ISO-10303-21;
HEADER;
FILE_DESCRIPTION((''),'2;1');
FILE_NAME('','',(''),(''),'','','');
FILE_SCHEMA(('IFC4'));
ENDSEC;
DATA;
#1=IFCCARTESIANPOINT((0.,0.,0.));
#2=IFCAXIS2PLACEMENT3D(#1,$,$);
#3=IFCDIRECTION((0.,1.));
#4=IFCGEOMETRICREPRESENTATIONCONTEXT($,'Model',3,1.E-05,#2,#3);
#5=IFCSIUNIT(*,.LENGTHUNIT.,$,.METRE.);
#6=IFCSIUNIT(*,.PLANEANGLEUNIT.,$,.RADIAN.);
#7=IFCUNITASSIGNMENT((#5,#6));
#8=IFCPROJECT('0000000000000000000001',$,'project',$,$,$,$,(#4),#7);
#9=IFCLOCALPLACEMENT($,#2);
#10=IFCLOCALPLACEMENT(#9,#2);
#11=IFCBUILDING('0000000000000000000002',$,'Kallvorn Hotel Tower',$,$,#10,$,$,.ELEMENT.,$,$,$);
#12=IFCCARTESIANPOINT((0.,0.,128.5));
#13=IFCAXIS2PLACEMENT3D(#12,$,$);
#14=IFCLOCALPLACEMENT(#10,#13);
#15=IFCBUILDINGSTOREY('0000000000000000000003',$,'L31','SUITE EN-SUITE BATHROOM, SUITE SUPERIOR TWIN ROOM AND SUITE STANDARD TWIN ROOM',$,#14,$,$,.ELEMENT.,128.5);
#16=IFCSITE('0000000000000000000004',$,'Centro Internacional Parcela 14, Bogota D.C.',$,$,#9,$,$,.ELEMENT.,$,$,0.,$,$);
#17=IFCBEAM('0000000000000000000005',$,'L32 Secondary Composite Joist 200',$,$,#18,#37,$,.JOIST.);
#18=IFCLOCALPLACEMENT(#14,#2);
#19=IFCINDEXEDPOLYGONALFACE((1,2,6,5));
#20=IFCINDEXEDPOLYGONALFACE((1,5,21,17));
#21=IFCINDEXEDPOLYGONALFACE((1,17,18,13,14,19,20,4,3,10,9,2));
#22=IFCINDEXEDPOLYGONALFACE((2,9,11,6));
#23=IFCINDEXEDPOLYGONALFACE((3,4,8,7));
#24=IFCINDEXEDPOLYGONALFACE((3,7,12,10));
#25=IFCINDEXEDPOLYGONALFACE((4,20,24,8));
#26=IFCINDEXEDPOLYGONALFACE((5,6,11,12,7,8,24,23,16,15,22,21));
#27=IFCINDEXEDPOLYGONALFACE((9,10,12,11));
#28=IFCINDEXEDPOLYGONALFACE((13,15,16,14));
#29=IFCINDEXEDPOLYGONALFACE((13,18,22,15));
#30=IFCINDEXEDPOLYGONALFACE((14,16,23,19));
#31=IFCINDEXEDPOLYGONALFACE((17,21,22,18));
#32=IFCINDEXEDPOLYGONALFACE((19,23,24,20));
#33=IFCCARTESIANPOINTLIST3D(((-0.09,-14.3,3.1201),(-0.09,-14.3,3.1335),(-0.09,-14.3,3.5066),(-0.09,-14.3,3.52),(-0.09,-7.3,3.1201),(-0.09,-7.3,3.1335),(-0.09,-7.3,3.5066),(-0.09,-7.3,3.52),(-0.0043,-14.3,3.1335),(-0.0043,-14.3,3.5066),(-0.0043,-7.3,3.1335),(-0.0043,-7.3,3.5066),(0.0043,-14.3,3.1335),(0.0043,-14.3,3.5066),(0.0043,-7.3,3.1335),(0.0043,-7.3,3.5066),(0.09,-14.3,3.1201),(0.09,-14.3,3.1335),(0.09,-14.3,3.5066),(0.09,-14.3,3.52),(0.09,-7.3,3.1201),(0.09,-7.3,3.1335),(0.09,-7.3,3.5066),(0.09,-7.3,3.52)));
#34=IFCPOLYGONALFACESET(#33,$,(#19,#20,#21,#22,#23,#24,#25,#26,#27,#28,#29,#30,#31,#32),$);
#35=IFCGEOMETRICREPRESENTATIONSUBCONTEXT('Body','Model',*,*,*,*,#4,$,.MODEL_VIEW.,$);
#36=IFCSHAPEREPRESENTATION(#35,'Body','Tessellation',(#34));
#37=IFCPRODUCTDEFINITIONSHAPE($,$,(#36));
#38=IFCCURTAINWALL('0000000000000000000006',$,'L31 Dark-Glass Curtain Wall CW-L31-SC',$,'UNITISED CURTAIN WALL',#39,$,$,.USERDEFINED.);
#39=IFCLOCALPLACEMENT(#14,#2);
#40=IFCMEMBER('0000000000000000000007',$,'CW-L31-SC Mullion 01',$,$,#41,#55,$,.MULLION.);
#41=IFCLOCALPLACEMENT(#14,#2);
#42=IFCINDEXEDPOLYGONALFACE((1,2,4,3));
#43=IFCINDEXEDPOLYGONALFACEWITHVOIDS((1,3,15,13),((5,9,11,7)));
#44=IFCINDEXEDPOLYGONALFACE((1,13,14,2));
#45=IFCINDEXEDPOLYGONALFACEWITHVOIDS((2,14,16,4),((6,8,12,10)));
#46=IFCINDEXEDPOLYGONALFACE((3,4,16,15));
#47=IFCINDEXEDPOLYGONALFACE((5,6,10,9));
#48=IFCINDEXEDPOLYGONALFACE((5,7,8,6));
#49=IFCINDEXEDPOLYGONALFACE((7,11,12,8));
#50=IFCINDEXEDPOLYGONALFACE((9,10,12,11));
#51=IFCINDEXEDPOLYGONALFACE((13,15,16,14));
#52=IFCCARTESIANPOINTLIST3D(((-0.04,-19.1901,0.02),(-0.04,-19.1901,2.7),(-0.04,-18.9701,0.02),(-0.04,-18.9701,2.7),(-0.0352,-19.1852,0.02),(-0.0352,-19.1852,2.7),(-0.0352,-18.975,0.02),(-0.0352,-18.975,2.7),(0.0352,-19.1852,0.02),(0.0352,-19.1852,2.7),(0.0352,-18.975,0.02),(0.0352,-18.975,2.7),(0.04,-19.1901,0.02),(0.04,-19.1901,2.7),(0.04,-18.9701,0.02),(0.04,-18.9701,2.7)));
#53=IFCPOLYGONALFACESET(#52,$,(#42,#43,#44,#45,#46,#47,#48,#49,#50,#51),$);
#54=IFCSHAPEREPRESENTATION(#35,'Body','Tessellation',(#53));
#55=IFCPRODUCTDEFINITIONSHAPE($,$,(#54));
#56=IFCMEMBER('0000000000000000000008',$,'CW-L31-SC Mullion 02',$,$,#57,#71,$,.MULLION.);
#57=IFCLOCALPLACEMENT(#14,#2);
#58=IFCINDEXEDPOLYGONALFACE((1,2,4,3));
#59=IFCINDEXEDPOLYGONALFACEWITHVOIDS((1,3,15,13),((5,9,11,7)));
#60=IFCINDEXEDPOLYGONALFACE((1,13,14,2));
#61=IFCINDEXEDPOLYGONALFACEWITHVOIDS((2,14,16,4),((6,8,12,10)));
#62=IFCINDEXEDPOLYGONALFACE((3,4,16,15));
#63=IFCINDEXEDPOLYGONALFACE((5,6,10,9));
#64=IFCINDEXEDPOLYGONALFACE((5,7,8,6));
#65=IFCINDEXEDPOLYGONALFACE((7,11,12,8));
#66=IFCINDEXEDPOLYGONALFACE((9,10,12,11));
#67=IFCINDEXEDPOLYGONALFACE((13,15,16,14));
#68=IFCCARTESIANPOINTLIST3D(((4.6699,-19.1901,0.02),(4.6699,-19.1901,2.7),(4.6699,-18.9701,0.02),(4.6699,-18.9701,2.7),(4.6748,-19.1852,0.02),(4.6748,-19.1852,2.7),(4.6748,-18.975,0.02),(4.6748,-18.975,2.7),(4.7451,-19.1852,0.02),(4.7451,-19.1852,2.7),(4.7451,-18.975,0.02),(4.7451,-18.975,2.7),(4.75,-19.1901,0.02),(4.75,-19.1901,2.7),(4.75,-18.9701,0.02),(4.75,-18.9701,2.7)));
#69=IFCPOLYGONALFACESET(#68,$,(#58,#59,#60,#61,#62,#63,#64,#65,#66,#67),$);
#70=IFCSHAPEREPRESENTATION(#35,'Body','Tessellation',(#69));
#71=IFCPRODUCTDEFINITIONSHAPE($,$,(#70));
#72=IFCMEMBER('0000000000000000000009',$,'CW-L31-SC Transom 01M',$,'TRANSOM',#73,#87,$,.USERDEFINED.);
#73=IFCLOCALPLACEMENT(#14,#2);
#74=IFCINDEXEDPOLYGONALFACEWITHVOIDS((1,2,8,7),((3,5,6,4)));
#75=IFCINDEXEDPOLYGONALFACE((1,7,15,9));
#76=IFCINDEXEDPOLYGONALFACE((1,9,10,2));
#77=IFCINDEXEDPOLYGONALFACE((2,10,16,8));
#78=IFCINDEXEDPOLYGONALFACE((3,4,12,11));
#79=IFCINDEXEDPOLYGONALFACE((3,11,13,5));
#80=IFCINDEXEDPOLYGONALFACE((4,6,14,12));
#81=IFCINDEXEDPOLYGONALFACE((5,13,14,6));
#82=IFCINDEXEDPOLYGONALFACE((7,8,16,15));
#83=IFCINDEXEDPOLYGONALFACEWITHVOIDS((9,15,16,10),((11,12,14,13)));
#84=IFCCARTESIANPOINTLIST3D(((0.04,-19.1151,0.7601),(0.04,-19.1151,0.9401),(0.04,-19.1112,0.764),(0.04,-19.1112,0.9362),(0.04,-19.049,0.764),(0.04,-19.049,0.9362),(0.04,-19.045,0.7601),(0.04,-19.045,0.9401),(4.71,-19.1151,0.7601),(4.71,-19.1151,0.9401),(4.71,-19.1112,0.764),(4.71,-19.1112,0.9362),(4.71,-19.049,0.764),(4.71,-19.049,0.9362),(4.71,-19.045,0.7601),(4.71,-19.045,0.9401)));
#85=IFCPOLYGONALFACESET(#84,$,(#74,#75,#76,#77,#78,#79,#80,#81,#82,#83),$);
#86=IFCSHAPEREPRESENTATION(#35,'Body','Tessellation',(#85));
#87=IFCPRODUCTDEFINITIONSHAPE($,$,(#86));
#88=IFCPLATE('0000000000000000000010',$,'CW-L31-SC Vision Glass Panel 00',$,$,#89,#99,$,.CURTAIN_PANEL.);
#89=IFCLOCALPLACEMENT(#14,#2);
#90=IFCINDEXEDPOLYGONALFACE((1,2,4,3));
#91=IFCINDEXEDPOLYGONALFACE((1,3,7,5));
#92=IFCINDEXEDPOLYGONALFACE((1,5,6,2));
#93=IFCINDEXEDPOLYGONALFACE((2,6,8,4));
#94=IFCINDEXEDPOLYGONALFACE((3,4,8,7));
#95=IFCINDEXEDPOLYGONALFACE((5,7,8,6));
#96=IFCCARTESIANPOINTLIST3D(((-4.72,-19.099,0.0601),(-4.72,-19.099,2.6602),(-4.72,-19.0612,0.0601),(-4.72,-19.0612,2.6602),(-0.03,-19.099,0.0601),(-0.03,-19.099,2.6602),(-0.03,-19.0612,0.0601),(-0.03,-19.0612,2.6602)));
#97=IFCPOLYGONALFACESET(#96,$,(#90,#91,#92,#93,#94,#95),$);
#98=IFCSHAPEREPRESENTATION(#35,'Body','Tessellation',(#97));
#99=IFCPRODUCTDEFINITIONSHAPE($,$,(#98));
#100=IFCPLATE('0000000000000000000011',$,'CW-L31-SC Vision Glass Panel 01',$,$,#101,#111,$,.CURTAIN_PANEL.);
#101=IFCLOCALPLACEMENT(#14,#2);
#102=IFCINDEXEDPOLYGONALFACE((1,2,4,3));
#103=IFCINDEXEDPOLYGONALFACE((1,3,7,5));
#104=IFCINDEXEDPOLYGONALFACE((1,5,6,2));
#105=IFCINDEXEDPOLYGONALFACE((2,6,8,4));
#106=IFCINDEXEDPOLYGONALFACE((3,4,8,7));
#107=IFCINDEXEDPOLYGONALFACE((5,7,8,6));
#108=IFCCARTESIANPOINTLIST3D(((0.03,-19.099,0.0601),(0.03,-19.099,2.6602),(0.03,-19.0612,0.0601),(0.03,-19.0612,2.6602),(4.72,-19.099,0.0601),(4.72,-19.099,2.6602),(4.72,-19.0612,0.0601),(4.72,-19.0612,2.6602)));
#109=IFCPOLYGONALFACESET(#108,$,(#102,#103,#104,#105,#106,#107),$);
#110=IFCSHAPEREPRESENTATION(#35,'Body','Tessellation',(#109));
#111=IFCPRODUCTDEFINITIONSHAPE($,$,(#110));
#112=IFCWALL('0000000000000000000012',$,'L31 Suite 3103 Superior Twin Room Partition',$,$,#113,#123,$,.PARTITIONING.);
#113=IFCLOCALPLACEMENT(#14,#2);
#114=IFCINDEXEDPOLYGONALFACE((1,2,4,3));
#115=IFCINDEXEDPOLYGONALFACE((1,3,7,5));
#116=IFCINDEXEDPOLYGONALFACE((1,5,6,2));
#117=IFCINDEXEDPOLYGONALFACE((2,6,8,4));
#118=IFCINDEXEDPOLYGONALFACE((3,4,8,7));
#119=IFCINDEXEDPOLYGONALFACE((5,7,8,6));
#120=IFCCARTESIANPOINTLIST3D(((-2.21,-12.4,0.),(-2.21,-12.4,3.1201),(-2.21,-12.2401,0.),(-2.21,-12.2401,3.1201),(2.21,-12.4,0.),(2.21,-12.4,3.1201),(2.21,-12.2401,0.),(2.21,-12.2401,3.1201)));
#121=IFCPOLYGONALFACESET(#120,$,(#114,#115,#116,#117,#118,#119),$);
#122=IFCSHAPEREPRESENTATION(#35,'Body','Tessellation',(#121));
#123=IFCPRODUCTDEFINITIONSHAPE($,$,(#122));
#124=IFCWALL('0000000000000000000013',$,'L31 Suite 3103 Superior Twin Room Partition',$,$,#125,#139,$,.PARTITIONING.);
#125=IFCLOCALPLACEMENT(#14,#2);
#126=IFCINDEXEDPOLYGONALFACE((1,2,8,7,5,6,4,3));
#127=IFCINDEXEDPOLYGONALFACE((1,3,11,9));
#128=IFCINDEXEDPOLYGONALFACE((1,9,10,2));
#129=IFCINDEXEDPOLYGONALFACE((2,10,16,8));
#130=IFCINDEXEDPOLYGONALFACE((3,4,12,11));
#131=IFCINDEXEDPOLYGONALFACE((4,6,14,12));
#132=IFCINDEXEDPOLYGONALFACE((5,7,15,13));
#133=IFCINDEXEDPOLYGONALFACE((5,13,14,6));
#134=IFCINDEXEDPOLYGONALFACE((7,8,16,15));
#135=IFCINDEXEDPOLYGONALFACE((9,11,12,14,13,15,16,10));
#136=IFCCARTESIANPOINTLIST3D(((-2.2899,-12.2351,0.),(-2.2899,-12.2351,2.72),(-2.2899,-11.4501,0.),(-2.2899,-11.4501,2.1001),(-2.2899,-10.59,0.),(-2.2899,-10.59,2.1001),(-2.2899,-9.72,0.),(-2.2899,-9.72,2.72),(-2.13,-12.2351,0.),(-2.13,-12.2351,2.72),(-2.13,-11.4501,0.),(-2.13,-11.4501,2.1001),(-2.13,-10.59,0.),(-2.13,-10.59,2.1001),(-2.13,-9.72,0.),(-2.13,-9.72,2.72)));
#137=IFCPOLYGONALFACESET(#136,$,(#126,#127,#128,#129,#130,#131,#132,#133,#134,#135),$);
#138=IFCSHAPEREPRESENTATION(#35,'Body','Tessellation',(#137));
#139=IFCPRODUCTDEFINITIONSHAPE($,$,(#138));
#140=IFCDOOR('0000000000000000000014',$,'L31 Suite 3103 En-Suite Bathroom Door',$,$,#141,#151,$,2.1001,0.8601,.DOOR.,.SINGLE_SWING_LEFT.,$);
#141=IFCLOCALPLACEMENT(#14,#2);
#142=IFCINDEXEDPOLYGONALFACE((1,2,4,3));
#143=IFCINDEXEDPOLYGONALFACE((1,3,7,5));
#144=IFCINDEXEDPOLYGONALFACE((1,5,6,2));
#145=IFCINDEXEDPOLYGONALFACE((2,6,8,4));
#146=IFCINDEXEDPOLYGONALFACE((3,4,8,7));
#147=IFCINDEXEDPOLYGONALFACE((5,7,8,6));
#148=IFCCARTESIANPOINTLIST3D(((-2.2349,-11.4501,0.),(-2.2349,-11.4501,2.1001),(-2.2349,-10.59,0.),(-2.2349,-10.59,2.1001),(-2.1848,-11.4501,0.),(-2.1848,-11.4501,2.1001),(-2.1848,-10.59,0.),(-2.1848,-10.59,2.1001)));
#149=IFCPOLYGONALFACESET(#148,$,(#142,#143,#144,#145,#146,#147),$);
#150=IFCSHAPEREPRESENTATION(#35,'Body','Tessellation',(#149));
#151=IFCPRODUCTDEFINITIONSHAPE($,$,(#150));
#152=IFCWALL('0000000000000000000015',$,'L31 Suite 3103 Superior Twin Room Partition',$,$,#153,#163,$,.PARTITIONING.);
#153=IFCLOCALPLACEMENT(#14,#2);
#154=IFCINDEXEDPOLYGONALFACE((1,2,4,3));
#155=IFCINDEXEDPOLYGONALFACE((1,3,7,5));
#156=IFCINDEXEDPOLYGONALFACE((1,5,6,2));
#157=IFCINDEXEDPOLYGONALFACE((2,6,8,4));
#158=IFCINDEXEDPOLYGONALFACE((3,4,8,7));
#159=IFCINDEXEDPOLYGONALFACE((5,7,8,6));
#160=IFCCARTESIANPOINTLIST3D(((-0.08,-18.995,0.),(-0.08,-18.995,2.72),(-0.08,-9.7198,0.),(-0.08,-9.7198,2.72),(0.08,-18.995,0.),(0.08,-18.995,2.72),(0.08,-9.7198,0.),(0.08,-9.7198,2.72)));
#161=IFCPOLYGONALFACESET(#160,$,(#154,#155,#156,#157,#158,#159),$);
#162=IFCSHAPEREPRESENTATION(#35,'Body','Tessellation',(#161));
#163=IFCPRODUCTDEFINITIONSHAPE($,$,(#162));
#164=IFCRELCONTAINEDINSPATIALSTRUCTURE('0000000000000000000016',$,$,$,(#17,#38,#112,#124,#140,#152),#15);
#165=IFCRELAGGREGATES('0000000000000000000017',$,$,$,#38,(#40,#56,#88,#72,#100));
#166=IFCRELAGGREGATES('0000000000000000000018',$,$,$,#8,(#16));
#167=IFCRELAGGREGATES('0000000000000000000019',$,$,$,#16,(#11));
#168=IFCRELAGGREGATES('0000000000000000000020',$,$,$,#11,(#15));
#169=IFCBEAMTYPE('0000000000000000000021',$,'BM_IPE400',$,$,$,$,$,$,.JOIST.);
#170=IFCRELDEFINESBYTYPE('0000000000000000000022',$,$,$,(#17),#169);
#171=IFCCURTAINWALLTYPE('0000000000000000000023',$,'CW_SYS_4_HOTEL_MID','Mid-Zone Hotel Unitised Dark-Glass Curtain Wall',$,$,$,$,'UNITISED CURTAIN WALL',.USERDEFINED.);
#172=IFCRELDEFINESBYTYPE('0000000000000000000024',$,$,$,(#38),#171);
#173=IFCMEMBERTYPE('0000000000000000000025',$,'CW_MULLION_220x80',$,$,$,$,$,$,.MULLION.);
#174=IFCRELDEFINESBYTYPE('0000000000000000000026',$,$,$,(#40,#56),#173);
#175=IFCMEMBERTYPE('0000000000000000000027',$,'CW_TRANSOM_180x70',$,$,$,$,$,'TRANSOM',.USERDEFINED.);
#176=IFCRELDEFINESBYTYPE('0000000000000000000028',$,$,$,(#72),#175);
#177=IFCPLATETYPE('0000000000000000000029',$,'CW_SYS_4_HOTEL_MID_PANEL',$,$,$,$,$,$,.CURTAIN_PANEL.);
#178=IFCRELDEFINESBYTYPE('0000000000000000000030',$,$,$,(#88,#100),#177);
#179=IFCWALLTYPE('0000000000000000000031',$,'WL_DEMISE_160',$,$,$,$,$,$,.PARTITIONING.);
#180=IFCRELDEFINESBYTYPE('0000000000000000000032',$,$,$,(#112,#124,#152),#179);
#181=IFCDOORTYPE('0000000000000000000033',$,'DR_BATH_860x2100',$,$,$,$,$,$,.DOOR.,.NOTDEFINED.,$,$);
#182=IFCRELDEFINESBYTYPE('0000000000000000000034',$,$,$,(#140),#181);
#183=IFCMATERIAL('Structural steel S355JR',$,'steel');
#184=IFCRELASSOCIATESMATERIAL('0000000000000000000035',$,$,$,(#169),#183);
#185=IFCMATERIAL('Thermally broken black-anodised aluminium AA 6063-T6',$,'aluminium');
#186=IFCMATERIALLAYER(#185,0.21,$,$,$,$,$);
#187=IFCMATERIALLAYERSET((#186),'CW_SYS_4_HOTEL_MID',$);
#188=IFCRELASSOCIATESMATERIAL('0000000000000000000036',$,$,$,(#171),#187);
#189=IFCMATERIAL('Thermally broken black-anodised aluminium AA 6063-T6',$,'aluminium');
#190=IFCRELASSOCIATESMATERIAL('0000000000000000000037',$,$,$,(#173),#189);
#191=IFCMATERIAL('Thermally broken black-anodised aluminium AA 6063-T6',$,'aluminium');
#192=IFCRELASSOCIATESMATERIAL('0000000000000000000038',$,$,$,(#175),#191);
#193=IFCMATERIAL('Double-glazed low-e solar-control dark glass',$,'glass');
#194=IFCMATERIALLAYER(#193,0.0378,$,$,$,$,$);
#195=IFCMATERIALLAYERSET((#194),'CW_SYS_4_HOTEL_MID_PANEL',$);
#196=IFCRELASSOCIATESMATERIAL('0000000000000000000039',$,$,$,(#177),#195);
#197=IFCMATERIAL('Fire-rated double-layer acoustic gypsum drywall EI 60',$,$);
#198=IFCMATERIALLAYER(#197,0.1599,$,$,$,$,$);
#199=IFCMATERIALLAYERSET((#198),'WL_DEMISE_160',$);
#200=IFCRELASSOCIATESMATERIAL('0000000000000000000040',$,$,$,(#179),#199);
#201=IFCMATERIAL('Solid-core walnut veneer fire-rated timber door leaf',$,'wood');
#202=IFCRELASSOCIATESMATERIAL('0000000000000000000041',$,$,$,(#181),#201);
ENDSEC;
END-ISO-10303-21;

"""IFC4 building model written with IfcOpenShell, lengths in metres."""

from ifc_helpers import new_model, si_unit, direction, frame, frame_2d, origin, origin_2d, place, context, subcontext, project, spatial, rectangle, hollow_rectangle, i_section, extrude, material, layer, layer_set, material_profile, profile_set, type_object, element, fill, aggregate, save


model = new_model("IFC4")

# Units and contexts
model_context = context("Model", 3, precision=1e-05, world=origin(), true_north=direction((0.0, 1.0)))
body_context = subcontext(model_context, "Body", "Model", "MODEL_VIEW")
ifc_project = project(units=[si_unit("LENGTHUNIT", "METRE"), si_unit("PLANEANGLEUNIT", "RADIAN")], contexts=[model_context])

# Site, building, storey
site_placement = place(None, origin())
site = spatial("IfcSite", under=ifc_project, at=site_placement, Name="Centro Internacional Parcela 14, Bogota D.C.", CompositionType="ELEMENT", RefElevation=0.0)
building_placement = place(site_placement, origin())
building = spatial("IfcBuilding", under=site, at=building_placement, Name="Kallvorn Hotel Tower", CompositionType="ELEMENT")
storey_placement = place(building_placement, frame((0.0, 0.0, 128.5)))
storey = spatial("IfcBuildingStorey", under=building, at=storey_placement, Name="L31", Description="SUITE EN-SUITE BATHROOM, SUITE SUPERIOR TWIN ROOM AND SUITE STANDARD TWIN ROOM", CompositionType="ELEMENT", Elevation=128.5)

# Beam
ifc_material_1 = material(Name="Structural steel S355JR", Category="steel")
ifc_material_profile_1 = material_profile(ifc_material_1, i_section(OverallWidth=0.1799, OverallDepth=0.3999, WebThickness=0.0085, FlangeThickness=0.0134, at=origin_2d()), Name="IPE 400")
ifc_profile_set_1 = profile_set([ifc_material_profile_1], Name="Structural steel S355JR")
beam_type_1 = type_object("IfcBeamType", Name="BM_IPE400", PredefinedType="JOIST", material=ifc_profile_set_1)
beam_1_placement = place(storey_placement, frame((0.0, -14.3, 3.3201), z_axis=(0.0, 1.0, 0.0), x_axis=(-1.0, 0.0, 0.0)))
element("IfcBeam", 1, at=beam_1_placement, inside=storey, type_object=beam_type_1, Name="L32 Secondary Composite Joist 200", PredefinedType="JOIST", context=body_context, shape_type="SweptSolid", body=[
    extrude(i_section(OverallWidth=0.1799, OverallDepth=0.3999, WebThickness=0.0085, FlangeThickness=0.0134, at=origin_2d()), origin(), (0.0, 0.0, 1.0), 7.0),
])

# Curtain wall, members, plates
ifc_material_2 = material(Name="Thermally broken black-anodised aluminium AA 6063-T6", Category="aluminium")
ifc_layer_1 = layer(ifc_material_2, 0.21)
ifc_layer_set_1 = layer_set([ifc_layer_1], Name="CW_SYS_4_HOTEL_MID")
curtain_wall_type = type_object("IfcCurtainWallType", Name="CW_SYS_4_HOTEL_MID", Description="Mid-Zone Hotel Unitised Dark-Glass Curtain Wall", ElementType="UNITISED CURTAIN WALL", PredefinedType="USERDEFINED", material=ifc_layer_set_1)
curtain_wall_placement = place(storey_placement, origin())
curtain_wall = element("IfcCurtainWall", 2, at=curtain_wall_placement, inside=storey, type_object=curtain_wall_type, Name="L31 Dark-Glass Curtain Wall CW-L31-SC", ObjectType="UNITISED CURTAIN WALL", PredefinedType="USERDEFINED")
ifc_material_3 = material(Name="Thermally broken black-anodised aluminium AA 6063-T6", Category="aluminium")
ifc_material_profile_2 = material_profile(ifc_material_3, hollow_rectangle(XDim=0.0801, YDim=0.22, WallThickness=0.0049, at=origin_2d()), Name="MUL 220x80")
ifc_profile_set_2 = profile_set([ifc_material_profile_2], Name="Thermally broken black-anodised aluminium AA 6063-T6")
member_type_1 = type_object("IfcMemberType", Name="CW_MULLION_220x80", PredefinedType="MULLION", material=ifc_profile_set_2)
member_1_placement = place(storey_placement, frame((0.0, -19.0801, 0.02), z_axis=(0.0, 0.0, 1.0), x_axis=(1.0, 0.0, 0.0)))
member_1 = element("IfcMember", 3, at=member_1_placement, type_object=member_type_1, Name="CW-L31-SC Mullion 01", PredefinedType="MULLION", context=body_context, shape_type="SweptSolid", body=[
    extrude(hollow_rectangle(XDim=0.0801, YDim=0.22, WallThickness=0.0049, at=origin_2d()), origin(), (0.0, 0.0, 1.0), 2.6799),
])
member_2_placement = place(storey_placement, frame((4.71, -19.0801, 0.02), z_axis=(0.0, 0.0, 1.0), x_axis=(1.0, 0.0, 0.0)))
member_2 = element("IfcMember", 4, at=member_2_placement, type_object=member_type_1, Name="CW-L31-SC Mullion 02", PredefinedType="MULLION", context=body_context, shape_type="SweptSolid", body=[
    extrude(hollow_rectangle(XDim=0.0801, YDim=0.22, WallThickness=0.0049, at=origin_2d()), origin(), (0.0, 0.0, 1.0), 2.6799),
])
ifc_material_4 = material(Name="Thermally broken black-anodised aluminium AA 6063-T6", Category="aluminium")
ifc_material_profile_3 = material_profile(ifc_material_4, hollow_rectangle(XDim=0.0701, YDim=0.1799, WallThickness=0.0039, at=origin_2d()), Name="TRN 180x70")
ifc_profile_set_3 = profile_set([ifc_material_profile_3], Name="Thermally broken black-anodised aluminium AA 6063-T6")
member_type_2 = type_object("IfcMemberType", Name="CW_TRANSOM_180x70", ElementType="TRANSOM", PredefinedType="USERDEFINED", material=ifc_profile_set_3)
member_3_placement = place(storey_placement, frame((0.04, -19.0801, 0.8501), z_axis=(1.0, 0.0, 0.0), x_axis=(0.0, 1.0, 0.0)))
member_3 = element("IfcMember", 5, at=member_3_placement, type_object=member_type_2, Name="CW-L31-SC Transom 01M", ObjectType="TRANSOM", PredefinedType="USERDEFINED", context=body_context, shape_type="SweptSolid", body=[
    extrude(hollow_rectangle(XDim=0.0701, YDim=0.1799, WallThickness=0.0039, at=origin_2d()), origin(), (0.0, 0.0, 1.0), 4.6699),
])
ifc_material_5 = material(Name="Double-glazed low-e solar-control dark glass", Category="glass")
ifc_layer_2 = layer(ifc_material_5, 0.0378)
ifc_layer_set_2 = layer_set([ifc_layer_2], Name="CW_SYS_4_HOTEL_MID_PANEL")
plate_type = type_object("IfcPlateType", Name="CW_SYS_4_HOTEL_MID_PANEL", PredefinedType="CURTAIN_PANEL", material=ifc_layer_set_2)
plate_1_placement = place(storey_placement, frame((-2.375, -19.0801, 0.0601), z_axis=(0.0, 0.0, 1.0), x_axis=(1.0, 0.0, 0.0)))
plate_1 = element("IfcPlate", 6, at=plate_1_placement, type_object=plate_type, Name="CW-L31-SC Vision Glass Panel 00", PredefinedType="CURTAIN_PANEL", context=body_context, shape_type="SweptSolid", body=[
    extrude(rectangle(XDim=4.6899, YDim=0.0378, at=origin_2d()), origin(), (0.0, 0.0, 1.0), 2.6001),
])
plate_2_placement = place(storey_placement, frame((2.375, -19.0801, 0.0601), z_axis=(0.0, 0.0, 1.0), x_axis=(1.0, 0.0, 0.0)))
plate_2 = element("IfcPlate", 7, at=plate_2_placement, type_object=plate_type, Name="CW-L31-SC Vision Glass Panel 01", PredefinedType="CURTAIN_PANEL", context=body_context, shape_type="SweptSolid", body=[
    extrude(rectangle(XDim=4.6899, YDim=0.0378, at=origin_2d()), origin(), (0.0, 0.0, 1.0), 2.6001),
])
aggregate(curtain_wall, [member_1, member_2, plate_1, member_3, plate_2])

# Wall
ifc_material_6 = material(Name="Fire-rated double-layer acoustic gypsum drywall EI 60")
ifc_layer_3 = layer(ifc_material_6, 0.1599)
ifc_layer_set_3 = layer_set([ifc_layer_3], Name="WL_DEMISE_160")
wall_type = type_object("IfcWallType", Name="WL_DEMISE_160", PredefinedType="PARTITIONING", material=ifc_layer_set_3)
wall_1_placement = place(storey_placement, frame((-2.21, -12.3201, 0.0), z_axis=(0.0, 0.0, 1.0), x_axis=(1.0, 0.0, 0.0)))
element("IfcWall", 8, at=wall_1_placement, inside=storey, type_object=wall_type, Name="L31 Suite 3103 Superior Twin Room Partition", PredefinedType="PARTITIONING", context=body_context, shape_type="SweptSolid", body=[
    extrude(rectangle(XDim=4.4199, YDim=0.1599, at=frame_2d((2.21, 0.0))), origin(), (0.0, 0.0, 1.0), 3.1201),
])

# Wall, opening, door
wall_2_placement = place(storey_placement, frame((-2.21, -12.2351, 0.0), z_axis=(0.0, 0.0, 1.0), x_axis=(0.0, 1.0, 0.0)))
wall_2 = element("IfcWall", 9, at=wall_2_placement, inside=storey, type_object=wall_type, Name="L31 Suite 3103 Superior Twin Room Partition", PredefinedType="PARTITIONING", context=body_context, shape_type="SweptSolid", body=[
    extrude(rectangle(XDim=2.5151, YDim=0.1599, at=frame_2d((1.2576, 0.0))), origin(), (0.0, 0.0, 1.0), 2.72),
])
opening_1_placement = place(wall_2_placement, frame((0.7849, 0.0, 0.0)))
opening_1 = element("IfcOpeningElement", 10, at=opening_1_placement, cuts=wall_2, PredefinedType="OPENING", context=body_context, shape_type="SweptSolid", body=[
    extrude(rectangle(XDim=0.8601, YDim=2.1001, at=frame_2d((0.4302, 1.05))), frame((0.0, 0.095, 0.0), z_axis=(0.0, -1.0, 0.0), x_axis=(1.0, 0.0, 0.0)), (0.0, 0.0, 1.0), 0.1899),
])
ifc_material_7 = material(Name="Solid-core walnut veneer fire-rated timber door leaf", Category="wood")
door_type = type_object("IfcDoorType", Name="DR_BATH_860x2100", OperationType="NOTDEFINED", PredefinedType="DOOR", material=ifc_material_7)
door_1_placement = place(opening_1_placement, origin())
door_1 = element("IfcDoor", 11, at=door_1_placement, inside=storey, type_object=door_type, Name="L31 Suite 3103 En-Suite Bathroom Door", OperationType="SINGLE_SWING_LEFT", OverallHeight=2.1001, OverallWidth=0.8601, PredefinedType="DOOR", context=body_context, shape_type="SweptSolid", body=[
    extrude(rectangle(XDim=0.8601, YDim=2.1001, at=frame_2d((0.4302, 1.05))), frame((0.0, 0.0249, 0.0), z_axis=(0.0, -1.0, 0.0), x_axis=(1.0, 0.0, 0.0)), (0.0, 0.0, 1.0), 0.05),
])
fill(opening_1, door_1)

# Wall
wall_3_placement = place(storey_placement, frame((0.0, -18.9951, 0.0), z_axis=(0.0, 0.0, 1.0), x_axis=(0.0, 1.0, 0.0)))
element("IfcWall", 12, at=wall_3_placement, inside=storey, type_object=wall_type, Name="L31 Suite 3103 Superior Twin Room Partition", PredefinedType="PARTITIONING", context=body_context, shape_type="SweptSolid", body=[
    extrude(rectangle(XDim=9.2751, YDim=0.1599, at=frame_2d((4.6377, 0.0))), origin(), (0.0, 0.0, 1.0), 2.72),
])

save(model, "model.ifc")
